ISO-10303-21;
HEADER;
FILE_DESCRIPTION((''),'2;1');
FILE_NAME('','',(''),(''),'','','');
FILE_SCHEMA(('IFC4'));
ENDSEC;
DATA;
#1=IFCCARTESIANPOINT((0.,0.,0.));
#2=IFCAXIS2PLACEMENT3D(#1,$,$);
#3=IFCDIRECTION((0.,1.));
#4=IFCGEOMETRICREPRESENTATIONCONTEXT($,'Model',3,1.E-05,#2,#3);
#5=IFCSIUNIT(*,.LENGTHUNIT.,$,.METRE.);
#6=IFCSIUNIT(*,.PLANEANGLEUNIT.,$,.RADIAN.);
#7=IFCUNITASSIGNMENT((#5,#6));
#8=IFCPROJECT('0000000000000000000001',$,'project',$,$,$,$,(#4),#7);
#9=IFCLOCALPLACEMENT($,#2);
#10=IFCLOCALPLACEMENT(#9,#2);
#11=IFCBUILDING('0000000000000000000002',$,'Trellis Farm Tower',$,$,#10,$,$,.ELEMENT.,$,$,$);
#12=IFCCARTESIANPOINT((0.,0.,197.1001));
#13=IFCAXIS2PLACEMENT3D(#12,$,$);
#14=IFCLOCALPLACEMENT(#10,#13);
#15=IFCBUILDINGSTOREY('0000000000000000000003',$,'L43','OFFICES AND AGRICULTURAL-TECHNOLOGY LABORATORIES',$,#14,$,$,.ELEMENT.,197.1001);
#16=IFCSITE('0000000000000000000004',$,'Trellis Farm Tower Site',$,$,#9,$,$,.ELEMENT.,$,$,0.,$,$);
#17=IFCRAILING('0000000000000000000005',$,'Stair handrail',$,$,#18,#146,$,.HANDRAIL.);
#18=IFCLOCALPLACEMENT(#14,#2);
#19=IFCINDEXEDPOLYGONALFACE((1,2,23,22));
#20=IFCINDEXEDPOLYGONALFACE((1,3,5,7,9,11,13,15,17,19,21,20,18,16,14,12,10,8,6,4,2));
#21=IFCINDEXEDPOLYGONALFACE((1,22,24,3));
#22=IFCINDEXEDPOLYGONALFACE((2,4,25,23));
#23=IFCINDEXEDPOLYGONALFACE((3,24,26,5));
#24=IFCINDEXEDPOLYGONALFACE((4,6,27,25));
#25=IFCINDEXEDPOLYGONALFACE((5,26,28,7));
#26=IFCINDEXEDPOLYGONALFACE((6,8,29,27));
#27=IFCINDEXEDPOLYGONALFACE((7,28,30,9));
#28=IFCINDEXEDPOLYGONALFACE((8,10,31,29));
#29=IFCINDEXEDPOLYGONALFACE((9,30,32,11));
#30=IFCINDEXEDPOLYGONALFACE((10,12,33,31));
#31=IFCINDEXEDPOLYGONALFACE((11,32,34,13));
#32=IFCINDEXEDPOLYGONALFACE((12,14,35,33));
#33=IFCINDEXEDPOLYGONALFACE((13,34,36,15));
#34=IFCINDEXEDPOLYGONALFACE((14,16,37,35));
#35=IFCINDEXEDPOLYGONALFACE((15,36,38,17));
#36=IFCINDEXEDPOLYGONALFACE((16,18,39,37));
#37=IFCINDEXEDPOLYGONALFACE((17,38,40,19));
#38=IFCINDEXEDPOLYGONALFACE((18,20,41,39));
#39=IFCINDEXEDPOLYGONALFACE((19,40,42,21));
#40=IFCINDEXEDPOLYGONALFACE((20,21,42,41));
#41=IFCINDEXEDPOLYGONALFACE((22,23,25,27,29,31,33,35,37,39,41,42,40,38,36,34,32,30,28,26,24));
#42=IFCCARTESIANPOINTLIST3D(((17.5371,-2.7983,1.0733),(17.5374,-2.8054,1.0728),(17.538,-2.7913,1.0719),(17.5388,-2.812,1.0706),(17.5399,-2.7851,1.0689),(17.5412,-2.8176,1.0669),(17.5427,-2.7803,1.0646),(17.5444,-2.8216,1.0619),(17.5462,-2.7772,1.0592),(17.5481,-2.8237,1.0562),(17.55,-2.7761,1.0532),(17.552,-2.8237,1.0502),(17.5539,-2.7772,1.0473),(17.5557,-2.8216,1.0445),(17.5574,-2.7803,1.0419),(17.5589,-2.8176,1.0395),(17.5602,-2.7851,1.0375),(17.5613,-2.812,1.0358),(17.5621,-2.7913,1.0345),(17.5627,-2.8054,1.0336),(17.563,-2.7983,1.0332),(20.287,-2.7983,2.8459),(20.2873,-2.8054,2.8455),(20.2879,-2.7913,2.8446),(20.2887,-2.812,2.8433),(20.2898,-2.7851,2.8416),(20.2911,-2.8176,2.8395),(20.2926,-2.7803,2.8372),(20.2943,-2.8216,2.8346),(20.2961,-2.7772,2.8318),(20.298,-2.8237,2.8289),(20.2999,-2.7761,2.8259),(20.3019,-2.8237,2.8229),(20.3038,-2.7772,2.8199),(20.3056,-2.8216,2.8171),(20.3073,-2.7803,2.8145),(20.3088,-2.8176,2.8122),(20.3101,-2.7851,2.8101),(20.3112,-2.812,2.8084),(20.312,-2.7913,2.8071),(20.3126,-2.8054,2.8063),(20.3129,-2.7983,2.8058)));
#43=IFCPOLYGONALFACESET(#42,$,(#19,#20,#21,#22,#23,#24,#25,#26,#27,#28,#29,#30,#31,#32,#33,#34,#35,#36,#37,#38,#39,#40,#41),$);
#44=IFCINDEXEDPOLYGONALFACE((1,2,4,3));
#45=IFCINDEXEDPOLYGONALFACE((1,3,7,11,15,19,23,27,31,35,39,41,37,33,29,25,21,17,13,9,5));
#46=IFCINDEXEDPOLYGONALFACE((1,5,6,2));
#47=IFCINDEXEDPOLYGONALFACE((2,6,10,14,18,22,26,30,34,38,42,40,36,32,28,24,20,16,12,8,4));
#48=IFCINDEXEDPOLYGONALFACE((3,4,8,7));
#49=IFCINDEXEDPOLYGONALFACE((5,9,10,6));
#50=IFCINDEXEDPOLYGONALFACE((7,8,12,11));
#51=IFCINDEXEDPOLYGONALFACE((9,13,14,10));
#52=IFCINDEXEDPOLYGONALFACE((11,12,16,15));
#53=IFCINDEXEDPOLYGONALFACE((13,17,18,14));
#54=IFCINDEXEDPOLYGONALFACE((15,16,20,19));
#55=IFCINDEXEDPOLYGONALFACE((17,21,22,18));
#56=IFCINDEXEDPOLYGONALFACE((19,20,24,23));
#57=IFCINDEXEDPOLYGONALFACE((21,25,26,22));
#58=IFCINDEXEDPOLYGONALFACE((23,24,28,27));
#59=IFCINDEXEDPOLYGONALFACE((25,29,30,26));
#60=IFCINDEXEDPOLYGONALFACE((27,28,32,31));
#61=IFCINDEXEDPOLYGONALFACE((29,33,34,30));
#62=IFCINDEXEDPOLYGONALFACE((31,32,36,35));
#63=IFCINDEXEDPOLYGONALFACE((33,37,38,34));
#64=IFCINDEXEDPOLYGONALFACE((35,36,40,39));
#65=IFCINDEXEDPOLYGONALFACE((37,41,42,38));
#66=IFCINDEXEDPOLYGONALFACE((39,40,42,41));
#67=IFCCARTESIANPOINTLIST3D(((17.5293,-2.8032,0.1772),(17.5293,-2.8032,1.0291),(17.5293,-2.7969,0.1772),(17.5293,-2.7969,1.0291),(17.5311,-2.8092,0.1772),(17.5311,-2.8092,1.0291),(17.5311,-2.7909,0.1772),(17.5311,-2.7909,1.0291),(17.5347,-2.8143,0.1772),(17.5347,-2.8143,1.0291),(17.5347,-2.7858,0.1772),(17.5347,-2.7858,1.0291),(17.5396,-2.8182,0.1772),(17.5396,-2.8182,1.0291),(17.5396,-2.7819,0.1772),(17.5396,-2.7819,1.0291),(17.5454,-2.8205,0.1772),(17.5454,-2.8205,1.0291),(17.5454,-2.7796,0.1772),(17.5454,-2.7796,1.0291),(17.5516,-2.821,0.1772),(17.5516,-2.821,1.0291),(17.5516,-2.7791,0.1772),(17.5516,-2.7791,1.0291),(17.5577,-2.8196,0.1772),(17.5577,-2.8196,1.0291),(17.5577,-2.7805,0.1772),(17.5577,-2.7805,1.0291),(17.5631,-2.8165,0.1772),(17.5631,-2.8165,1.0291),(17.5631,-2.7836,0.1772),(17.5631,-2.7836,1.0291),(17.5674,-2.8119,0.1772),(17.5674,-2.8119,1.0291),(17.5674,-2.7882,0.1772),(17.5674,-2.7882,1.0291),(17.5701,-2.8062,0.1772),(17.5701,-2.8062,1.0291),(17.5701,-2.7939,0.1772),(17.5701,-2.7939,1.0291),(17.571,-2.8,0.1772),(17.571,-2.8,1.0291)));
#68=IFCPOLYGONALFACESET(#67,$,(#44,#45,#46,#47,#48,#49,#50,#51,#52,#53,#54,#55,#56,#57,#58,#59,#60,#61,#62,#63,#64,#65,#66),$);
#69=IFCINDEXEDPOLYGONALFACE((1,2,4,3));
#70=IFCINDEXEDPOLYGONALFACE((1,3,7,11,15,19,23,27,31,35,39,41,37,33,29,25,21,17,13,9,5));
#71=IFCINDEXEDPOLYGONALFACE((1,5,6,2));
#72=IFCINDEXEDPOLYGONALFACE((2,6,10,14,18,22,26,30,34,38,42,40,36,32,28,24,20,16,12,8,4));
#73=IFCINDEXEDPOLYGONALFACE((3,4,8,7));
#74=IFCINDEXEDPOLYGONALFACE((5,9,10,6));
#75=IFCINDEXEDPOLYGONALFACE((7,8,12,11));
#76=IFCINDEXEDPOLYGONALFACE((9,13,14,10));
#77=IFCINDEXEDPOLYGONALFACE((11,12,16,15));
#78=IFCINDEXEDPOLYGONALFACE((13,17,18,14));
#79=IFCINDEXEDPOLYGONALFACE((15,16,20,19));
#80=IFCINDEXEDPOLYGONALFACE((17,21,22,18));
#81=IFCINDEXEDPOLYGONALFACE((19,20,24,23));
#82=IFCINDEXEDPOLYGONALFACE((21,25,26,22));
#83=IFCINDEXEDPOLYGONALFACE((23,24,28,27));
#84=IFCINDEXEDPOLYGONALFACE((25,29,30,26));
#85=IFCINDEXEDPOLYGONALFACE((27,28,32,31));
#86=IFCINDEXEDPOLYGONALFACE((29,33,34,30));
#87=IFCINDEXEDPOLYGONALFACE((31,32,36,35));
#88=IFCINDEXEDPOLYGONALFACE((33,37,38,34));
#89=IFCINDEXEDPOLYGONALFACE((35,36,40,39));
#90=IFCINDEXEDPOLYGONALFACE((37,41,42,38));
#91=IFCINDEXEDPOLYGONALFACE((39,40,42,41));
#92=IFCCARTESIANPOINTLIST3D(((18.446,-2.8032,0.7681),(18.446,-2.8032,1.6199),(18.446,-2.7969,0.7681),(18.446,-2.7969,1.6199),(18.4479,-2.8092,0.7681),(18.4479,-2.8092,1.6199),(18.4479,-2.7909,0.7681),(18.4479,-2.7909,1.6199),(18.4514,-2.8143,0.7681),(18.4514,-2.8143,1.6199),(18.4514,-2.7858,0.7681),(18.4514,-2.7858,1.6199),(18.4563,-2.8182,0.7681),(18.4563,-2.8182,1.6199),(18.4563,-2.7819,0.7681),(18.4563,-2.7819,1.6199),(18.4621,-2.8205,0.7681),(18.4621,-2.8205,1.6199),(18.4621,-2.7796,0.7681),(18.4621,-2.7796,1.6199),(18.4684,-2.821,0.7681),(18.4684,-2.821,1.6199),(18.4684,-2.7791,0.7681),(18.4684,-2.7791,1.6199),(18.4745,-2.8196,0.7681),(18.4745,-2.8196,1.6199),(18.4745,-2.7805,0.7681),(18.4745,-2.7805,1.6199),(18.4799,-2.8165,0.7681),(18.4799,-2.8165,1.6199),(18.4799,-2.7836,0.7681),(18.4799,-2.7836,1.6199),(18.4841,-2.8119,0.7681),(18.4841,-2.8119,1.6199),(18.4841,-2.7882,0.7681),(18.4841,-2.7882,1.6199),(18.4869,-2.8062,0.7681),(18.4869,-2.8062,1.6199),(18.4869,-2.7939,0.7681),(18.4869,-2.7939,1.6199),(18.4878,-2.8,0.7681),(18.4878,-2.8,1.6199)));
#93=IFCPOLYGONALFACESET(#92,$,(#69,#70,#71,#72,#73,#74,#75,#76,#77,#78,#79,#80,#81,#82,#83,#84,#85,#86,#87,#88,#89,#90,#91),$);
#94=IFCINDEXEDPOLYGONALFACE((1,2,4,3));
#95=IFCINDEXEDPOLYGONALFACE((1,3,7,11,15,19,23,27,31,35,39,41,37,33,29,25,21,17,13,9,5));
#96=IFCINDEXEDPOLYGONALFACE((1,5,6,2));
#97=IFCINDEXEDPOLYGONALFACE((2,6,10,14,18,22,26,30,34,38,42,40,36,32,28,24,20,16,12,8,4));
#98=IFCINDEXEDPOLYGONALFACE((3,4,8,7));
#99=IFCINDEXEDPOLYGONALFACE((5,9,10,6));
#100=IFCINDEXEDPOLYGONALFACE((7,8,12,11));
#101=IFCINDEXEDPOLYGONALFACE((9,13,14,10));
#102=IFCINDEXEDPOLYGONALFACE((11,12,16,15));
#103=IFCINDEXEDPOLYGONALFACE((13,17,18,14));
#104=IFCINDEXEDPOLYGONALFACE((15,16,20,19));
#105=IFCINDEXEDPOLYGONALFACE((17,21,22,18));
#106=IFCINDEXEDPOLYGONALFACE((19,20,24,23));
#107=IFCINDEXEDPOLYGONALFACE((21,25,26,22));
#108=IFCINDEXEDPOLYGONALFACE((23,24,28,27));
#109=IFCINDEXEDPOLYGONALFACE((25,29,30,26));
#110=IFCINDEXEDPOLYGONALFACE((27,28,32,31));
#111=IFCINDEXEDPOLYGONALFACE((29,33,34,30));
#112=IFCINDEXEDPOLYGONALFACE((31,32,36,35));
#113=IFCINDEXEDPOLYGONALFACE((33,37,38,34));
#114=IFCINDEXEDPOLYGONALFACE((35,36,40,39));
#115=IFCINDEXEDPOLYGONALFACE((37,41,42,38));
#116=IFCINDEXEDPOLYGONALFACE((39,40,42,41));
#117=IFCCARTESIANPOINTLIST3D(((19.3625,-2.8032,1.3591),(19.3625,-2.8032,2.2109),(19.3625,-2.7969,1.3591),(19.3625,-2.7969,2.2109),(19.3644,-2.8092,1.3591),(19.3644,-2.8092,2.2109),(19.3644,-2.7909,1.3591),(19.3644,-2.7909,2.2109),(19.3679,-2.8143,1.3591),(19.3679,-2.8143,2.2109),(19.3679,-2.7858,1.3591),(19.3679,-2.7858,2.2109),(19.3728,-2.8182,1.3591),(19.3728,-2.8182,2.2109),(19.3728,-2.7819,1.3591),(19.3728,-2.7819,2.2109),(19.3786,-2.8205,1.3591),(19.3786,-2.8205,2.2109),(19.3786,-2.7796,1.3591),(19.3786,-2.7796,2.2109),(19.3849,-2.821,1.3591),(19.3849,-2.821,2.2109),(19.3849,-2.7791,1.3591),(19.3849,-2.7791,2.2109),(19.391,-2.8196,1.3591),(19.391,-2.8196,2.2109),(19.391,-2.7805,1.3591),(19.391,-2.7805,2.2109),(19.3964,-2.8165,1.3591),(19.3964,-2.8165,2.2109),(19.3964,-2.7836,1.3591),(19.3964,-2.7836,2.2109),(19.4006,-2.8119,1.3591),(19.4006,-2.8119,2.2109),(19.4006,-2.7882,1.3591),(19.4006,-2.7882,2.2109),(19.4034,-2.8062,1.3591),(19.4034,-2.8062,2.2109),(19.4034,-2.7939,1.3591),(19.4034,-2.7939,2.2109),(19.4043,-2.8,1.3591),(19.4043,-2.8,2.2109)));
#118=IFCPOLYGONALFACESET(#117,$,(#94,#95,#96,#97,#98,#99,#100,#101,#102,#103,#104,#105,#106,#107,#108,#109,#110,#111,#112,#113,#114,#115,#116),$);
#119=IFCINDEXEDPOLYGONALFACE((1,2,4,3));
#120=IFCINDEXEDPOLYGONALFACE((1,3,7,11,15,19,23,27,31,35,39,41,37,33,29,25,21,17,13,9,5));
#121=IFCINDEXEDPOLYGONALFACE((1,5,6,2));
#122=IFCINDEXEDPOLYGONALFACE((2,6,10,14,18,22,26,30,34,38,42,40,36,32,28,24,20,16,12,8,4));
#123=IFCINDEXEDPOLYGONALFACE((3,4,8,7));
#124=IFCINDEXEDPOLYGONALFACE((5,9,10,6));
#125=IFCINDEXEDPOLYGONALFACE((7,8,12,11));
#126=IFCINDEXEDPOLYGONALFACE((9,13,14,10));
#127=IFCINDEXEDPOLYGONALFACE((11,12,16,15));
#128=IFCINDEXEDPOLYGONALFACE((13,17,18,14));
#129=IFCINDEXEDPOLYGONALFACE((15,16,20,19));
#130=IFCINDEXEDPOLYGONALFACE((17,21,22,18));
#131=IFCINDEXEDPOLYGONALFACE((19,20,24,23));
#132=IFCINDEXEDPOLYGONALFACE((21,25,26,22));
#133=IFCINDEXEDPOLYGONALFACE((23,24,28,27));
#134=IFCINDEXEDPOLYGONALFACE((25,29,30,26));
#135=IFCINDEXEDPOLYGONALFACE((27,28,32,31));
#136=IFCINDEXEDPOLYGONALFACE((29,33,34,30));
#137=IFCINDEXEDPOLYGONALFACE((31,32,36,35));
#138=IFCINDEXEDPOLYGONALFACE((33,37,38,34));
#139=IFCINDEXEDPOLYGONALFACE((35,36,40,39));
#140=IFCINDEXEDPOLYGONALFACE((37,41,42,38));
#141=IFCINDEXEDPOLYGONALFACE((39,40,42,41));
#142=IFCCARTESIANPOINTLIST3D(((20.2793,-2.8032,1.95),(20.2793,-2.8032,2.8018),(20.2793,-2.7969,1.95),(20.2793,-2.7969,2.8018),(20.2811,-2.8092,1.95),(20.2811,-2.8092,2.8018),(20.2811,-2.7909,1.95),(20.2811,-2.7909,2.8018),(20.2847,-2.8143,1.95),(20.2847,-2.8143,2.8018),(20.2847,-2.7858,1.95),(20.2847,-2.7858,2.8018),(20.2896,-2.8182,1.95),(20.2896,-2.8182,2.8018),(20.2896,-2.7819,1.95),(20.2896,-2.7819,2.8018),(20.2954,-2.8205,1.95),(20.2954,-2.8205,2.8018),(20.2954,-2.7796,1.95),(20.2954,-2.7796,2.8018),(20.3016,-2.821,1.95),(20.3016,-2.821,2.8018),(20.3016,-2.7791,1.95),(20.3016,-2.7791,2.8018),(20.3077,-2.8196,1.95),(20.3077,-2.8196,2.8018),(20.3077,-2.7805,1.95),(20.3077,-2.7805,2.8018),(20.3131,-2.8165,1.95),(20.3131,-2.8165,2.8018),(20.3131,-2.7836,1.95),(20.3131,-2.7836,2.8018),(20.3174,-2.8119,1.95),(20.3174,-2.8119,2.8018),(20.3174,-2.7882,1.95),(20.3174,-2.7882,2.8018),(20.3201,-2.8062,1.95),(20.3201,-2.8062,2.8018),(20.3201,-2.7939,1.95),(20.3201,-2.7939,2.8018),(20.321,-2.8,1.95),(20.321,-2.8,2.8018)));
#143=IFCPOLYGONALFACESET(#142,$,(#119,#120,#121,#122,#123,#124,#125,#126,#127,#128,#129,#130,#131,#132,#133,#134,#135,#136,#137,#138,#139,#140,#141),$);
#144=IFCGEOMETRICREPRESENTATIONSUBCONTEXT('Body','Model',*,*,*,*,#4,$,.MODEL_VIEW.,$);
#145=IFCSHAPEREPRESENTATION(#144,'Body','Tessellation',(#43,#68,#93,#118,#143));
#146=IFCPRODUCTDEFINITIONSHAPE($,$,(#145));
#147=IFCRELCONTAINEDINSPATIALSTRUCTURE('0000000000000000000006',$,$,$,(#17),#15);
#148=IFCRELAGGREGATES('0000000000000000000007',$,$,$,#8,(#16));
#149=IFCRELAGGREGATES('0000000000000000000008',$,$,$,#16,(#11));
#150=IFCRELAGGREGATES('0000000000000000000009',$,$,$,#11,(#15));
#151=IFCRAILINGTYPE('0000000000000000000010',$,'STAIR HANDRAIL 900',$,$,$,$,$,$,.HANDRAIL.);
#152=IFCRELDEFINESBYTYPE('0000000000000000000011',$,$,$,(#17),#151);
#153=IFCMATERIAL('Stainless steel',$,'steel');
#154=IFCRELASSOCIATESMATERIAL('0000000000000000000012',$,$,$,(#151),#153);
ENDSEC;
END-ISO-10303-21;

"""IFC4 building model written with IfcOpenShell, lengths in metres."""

from ifc_helpers import new_model, si_unit, direction, frame, origin, origin_2d, place, context, subcontext, project, spatial, circle, extrude, source, transform, mapped, material, type_object, element, save


model = new_model("IFC4")

# Units and contexts
model_context = context("Model", 3, precision=1e-05, world=origin(), true_north=direction((0.0, 1.0)))
body_context = subcontext(model_context, "Body", "Model", "MODEL_VIEW")
ifc_project = project(units=[si_unit("LENGTHUNIT", "METRE"), si_unit("PLANEANGLEUNIT", "RADIAN")], contexts=[model_context])

# Site, building, storey
site_placement = place(None, origin())
site = spatial("IfcSite", under=ifc_project, at=site_placement, Name="Trellis Farm Tower Site", CompositionType="ELEMENT", RefElevation=0.0)
building_placement = place(site_placement, origin())
building = spatial("IfcBuilding", under=site, at=building_placement, Name="Trellis Farm Tower", CompositionType="ELEMENT")
storey_placement = place(building_placement, frame((0.0, 0.0, 197.1001)))
storey = spatial("IfcBuildingStorey", under=building, at=storey_placement, Name="L43", Description="OFFICES AND AGRICULTURAL-TECHNOLOGY LABORATORIES", CompositionType="ELEMENT", Elevation=197.1001)

# Railing
ifc_material_1 = material(Name="Stainless steel", Category="steel")
railing_type = type_object("IfcRailingType", Name="STAIR HANDRAIL 900", PredefinedType="HANDRAIL", material=ifc_material_1)
shared_shape_1 = source(origin(), body_context, "Body", "SweptSolid", [
    extrude(circle(Radius=0.0239, at=origin_2d()), frame((0.0, 0.0, 0.876), z_axis=(0.840504, 0.0, 0.541806), x_axis=(0.0, 1.0, 0.0)), (0.0, 0.0, 1.0), 3.2717),
    extrude(circle(Radius=0.021, at=origin_2d()), origin(), (0.0, 0.0, 1.0), 0.8518),
    extrude(circle(Radius=0.021, at=origin_2d()), frame((0.9167, 0.0, 0.5908)), (0.0, 0.0, 1.0), 0.8518),
    extrude(circle(Radius=0.021, at=origin_2d()), frame((1.8333, 0.0, 1.1819)), (0.0, 0.0, 1.0), 0.8518),
    extrude(circle(Radius=0.021, at=origin_2d()), frame((2.75, 0.0, 1.7727)), (0.0, 0.0, 1.0), 0.8518),
])
for number, where, name in (
    (1, (17.55, -2.8, 0.1772), "Stair handrail"),
):
    element("IfcRailing", number, at=place(storey_placement, frame(where)), inside=storey, type_object=railing_type, Name=name, PredefinedType="HANDRAIL", context=body_context, shape_type="MappedRepresentation", body=[
        mapped(shared_shape_1, transform((0.0, 0.0, 0.0))),
    ])

save(model, "model.ifc")
